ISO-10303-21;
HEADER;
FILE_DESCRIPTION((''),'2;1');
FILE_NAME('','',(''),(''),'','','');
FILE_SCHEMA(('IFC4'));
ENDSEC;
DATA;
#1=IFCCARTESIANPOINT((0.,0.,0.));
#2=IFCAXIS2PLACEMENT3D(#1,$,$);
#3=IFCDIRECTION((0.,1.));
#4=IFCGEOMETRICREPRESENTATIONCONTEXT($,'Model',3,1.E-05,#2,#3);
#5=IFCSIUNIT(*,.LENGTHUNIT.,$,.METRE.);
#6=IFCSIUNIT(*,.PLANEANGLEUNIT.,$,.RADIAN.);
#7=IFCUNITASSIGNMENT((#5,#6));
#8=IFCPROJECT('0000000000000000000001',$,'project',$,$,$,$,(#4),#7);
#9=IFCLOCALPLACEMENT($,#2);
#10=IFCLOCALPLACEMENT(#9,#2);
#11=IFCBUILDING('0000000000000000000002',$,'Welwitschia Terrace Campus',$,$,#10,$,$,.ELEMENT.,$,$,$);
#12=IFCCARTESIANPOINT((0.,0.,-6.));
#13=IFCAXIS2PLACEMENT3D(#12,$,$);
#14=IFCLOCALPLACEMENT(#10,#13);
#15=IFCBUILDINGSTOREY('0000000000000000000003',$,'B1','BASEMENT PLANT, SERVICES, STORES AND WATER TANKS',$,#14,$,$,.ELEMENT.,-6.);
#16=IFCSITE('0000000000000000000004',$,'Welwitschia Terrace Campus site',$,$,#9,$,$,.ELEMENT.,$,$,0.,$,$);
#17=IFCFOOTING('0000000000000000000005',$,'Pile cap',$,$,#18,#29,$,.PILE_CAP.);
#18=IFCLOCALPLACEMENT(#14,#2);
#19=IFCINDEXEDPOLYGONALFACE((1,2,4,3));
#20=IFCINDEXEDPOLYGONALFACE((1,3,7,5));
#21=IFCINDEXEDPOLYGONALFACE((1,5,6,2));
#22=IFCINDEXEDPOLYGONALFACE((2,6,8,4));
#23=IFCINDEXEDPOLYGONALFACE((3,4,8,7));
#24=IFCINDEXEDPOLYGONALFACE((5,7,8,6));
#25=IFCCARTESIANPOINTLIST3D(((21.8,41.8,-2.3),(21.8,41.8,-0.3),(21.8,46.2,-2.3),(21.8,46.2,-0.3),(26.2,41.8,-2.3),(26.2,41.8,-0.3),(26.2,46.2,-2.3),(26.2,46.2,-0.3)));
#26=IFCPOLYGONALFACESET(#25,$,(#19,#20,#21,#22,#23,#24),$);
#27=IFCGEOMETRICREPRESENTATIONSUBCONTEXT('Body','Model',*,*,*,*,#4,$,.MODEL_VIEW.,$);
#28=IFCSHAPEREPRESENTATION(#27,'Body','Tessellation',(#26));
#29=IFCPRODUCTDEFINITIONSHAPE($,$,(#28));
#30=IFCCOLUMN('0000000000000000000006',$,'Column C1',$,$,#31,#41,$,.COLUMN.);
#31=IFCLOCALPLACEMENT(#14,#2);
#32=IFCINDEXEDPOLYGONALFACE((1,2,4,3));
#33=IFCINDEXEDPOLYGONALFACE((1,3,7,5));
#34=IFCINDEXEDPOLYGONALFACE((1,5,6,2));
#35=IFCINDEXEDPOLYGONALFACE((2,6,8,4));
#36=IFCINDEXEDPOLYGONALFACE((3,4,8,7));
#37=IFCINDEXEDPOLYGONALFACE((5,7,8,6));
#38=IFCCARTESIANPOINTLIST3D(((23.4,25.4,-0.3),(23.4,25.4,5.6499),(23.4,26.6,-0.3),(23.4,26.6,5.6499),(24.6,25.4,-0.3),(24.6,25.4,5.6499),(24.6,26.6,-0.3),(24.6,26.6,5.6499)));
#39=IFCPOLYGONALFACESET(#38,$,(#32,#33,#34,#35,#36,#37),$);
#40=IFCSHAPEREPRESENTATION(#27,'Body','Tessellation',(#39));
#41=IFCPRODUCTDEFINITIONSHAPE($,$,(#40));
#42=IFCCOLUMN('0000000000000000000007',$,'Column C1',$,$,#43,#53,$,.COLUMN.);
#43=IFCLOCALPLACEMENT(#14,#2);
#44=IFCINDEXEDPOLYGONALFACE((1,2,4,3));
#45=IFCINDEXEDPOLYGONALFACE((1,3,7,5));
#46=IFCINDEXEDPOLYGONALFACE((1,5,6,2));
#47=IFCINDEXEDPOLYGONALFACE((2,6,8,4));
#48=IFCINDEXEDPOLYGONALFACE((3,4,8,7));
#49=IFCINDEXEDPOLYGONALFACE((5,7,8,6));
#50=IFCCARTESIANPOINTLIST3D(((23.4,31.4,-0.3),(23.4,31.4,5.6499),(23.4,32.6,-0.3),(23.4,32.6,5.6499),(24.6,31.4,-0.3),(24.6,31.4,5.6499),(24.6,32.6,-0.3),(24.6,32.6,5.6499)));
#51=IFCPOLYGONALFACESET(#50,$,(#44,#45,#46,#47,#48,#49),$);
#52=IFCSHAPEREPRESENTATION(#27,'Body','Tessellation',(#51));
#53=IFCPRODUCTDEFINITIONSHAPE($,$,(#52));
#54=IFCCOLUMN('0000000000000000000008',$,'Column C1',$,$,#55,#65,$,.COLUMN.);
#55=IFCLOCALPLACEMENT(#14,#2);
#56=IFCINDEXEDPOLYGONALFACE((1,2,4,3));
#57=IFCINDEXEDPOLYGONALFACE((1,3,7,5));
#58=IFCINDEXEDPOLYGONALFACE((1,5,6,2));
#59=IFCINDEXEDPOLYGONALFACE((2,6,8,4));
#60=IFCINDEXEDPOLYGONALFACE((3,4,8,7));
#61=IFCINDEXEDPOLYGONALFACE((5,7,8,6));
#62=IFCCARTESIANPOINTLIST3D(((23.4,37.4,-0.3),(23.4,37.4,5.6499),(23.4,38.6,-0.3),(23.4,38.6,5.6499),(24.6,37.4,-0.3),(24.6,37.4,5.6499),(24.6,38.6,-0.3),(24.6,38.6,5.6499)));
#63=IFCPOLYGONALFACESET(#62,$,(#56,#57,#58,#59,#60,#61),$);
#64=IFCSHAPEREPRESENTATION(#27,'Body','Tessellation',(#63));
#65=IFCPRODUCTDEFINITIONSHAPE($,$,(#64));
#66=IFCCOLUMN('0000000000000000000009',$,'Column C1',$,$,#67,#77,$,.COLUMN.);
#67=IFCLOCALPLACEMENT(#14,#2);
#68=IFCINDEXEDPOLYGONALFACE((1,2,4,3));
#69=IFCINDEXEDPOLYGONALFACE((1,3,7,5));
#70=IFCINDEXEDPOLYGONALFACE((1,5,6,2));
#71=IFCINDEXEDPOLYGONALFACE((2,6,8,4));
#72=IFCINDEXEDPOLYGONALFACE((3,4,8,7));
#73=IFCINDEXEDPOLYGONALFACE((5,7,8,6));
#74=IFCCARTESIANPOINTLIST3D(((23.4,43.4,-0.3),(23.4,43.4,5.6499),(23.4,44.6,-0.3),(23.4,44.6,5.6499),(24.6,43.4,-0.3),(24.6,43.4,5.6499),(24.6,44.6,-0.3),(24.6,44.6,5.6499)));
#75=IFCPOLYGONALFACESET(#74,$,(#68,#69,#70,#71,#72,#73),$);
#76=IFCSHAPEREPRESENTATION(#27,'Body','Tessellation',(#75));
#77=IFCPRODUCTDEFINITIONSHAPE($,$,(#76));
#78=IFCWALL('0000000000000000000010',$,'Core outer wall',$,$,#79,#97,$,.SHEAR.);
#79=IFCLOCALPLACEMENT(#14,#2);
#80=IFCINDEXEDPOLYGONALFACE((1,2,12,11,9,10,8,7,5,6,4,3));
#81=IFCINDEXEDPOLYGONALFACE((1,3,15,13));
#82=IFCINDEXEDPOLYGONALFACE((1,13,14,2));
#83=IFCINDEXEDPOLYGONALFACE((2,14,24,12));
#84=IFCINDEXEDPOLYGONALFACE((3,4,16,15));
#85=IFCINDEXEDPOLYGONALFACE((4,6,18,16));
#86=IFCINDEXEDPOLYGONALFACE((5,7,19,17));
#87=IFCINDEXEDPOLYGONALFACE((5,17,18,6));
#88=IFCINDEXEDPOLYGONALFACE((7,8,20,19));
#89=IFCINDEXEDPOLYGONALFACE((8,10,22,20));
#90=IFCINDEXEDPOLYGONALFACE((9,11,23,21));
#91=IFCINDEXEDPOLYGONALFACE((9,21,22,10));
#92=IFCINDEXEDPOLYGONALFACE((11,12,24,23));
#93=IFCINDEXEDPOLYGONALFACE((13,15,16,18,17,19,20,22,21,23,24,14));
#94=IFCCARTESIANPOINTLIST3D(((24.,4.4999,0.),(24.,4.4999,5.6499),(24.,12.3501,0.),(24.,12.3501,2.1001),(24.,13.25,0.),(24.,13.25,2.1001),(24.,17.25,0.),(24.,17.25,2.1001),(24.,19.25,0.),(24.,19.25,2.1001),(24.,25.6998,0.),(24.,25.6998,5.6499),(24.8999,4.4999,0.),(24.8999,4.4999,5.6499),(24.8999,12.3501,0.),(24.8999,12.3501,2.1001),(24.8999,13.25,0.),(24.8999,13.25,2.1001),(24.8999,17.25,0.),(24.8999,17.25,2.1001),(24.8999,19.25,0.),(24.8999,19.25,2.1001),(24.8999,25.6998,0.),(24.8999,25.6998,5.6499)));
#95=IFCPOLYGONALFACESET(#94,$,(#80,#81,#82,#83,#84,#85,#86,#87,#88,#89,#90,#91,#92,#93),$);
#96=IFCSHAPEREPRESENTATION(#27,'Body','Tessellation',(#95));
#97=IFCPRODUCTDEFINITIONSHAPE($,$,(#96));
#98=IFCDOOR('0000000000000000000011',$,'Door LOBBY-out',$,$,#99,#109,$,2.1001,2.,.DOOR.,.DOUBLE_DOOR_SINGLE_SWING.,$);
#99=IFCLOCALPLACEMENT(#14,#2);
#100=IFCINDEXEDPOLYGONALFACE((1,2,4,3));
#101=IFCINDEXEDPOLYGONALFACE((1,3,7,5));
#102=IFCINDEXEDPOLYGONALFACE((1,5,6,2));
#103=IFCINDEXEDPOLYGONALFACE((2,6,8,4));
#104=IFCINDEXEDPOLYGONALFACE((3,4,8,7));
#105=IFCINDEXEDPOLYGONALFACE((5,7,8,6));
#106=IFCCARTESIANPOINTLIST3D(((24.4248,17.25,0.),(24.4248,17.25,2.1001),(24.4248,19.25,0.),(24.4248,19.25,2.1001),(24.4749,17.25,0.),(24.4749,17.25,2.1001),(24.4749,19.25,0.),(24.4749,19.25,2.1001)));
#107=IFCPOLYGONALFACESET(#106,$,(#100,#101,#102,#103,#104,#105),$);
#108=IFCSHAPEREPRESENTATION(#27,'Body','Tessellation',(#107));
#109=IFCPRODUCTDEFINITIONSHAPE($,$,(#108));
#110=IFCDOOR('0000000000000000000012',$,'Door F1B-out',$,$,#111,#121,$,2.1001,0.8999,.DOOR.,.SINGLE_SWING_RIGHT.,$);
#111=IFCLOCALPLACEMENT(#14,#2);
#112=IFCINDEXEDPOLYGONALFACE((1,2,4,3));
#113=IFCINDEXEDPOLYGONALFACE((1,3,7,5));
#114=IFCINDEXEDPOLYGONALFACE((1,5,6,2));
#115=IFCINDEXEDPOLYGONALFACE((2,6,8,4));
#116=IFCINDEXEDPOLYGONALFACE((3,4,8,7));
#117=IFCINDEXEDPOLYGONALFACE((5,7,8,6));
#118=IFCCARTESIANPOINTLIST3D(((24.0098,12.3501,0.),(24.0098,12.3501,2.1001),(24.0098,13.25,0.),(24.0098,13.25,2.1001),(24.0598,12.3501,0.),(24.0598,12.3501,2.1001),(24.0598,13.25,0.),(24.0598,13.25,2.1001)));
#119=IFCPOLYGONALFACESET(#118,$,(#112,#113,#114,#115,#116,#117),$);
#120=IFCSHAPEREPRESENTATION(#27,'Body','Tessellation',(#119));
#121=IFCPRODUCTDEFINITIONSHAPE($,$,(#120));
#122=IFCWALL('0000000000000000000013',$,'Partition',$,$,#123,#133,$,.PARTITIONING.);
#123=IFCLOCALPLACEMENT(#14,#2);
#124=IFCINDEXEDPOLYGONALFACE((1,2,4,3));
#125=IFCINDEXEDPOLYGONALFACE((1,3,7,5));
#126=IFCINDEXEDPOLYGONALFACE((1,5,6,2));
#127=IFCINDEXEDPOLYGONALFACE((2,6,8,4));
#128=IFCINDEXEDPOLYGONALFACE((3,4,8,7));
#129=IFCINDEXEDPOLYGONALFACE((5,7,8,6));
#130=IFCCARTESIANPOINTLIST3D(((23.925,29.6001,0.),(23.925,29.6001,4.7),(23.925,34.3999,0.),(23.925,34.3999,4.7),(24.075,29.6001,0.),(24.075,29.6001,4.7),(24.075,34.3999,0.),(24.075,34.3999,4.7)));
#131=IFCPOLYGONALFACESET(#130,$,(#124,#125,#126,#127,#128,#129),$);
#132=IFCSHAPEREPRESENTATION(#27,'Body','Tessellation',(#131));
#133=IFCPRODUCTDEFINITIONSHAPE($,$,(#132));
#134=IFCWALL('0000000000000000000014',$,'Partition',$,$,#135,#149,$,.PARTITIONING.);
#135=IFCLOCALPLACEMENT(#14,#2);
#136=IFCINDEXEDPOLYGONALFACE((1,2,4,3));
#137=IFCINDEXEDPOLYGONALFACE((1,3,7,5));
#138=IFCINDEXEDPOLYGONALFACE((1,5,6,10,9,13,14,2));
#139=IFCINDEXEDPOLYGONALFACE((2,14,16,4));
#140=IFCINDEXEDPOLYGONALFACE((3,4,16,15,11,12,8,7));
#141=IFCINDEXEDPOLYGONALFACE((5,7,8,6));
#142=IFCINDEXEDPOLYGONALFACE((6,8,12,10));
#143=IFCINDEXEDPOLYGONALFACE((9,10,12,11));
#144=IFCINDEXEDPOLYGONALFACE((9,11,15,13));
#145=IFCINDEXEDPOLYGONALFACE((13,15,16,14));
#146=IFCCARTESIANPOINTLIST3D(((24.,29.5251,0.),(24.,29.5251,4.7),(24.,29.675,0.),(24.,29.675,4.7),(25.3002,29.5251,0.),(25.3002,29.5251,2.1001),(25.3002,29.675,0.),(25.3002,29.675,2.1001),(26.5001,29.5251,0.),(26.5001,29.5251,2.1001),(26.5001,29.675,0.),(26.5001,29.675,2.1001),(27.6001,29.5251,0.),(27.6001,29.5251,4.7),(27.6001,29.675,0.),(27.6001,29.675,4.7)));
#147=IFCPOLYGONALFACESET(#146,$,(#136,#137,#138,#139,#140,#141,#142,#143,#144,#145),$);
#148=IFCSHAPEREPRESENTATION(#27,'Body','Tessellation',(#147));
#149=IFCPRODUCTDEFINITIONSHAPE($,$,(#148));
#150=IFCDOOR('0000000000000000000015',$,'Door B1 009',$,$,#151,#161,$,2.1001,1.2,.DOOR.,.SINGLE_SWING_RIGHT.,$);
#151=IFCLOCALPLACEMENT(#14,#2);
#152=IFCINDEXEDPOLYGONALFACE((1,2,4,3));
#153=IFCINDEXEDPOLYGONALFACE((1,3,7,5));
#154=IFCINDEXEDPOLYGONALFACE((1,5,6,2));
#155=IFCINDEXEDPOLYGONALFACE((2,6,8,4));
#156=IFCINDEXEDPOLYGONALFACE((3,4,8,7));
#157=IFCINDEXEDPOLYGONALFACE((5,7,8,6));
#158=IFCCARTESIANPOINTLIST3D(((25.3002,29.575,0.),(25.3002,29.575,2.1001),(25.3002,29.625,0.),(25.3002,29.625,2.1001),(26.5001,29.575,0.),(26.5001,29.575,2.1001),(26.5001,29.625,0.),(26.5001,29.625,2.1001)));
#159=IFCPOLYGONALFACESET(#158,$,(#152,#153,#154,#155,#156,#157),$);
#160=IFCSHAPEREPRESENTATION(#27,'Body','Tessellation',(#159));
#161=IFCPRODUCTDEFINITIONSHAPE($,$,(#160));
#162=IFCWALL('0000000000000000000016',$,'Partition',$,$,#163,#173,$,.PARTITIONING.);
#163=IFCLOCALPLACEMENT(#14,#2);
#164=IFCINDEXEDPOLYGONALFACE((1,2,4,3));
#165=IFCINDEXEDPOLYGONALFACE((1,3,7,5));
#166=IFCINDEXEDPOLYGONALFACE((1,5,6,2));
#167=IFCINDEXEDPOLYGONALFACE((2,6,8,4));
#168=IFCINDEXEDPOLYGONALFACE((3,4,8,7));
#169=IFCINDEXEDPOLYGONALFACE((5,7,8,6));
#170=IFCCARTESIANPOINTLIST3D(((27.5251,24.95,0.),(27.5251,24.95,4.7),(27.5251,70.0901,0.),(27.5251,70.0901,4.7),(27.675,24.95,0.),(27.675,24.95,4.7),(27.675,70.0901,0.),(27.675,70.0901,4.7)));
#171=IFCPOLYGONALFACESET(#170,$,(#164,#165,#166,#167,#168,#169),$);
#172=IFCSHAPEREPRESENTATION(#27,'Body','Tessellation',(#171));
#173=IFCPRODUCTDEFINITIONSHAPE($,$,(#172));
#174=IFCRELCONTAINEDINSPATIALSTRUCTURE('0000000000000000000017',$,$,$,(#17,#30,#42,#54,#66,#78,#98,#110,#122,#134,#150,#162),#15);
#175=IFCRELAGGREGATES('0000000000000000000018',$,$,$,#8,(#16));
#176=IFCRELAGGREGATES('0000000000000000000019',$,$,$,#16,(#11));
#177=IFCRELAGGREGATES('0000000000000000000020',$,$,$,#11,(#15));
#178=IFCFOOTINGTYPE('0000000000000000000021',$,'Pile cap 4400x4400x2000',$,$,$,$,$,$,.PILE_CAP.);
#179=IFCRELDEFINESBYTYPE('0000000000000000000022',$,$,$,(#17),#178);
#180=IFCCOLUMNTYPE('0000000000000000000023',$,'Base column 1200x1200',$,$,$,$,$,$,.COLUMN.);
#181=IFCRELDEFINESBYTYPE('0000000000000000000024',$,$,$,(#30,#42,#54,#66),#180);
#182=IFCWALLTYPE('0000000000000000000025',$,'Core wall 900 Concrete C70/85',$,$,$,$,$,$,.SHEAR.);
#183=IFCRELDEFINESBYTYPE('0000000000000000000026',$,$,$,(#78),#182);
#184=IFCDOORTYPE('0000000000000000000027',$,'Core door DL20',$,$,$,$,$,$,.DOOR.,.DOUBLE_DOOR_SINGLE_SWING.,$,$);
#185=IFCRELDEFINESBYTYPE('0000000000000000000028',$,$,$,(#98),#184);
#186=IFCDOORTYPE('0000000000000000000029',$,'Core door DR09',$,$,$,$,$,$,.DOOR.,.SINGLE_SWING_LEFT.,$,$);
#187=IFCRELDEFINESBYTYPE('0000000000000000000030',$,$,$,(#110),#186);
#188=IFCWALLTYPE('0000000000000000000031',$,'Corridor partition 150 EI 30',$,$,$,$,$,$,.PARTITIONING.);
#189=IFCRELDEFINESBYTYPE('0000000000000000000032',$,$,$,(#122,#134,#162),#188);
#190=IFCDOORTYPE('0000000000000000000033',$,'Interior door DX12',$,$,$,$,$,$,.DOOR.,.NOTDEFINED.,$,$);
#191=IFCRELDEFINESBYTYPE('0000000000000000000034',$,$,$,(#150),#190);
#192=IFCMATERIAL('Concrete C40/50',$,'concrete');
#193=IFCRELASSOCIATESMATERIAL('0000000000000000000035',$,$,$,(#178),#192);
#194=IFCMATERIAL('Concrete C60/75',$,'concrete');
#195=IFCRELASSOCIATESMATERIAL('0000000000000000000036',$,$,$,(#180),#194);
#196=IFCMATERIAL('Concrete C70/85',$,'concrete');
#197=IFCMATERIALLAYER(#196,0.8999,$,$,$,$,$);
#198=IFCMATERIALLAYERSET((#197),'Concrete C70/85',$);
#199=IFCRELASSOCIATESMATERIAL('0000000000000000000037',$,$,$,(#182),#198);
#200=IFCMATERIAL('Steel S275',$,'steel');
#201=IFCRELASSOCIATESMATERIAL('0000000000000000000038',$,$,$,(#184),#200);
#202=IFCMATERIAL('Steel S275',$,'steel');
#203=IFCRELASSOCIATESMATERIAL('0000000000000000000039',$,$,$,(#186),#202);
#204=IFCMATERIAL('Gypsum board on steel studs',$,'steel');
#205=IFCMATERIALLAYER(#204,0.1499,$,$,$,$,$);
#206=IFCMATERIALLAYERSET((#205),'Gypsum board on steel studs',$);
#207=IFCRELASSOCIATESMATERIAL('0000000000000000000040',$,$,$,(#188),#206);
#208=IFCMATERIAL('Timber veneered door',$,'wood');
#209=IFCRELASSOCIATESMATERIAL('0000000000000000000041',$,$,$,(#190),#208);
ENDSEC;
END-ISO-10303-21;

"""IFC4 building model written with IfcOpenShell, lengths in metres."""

from ifc_helpers import new_model, si_unit, direction, frame, frame_2d, origin, origin_2d, place, context, subcontext, project, spatial, rectangle, extrude, material, layer, layer_set, material_profile, profile_set, type_object, element, fill, save


model = new_model("IFC4")

# Units and contexts
model_context = context("Model", 3, precision=1e-05, world=origin(), true_north=direction((0.0, 1.0)))
body_context = subcontext(model_context, "Body", "Model", "MODEL_VIEW")
ifc_project = project(units=[si_unit("LENGTHUNIT", "METRE"), si_unit("PLANEANGLEUNIT", "RADIAN")], contexts=[model_context])

# Site, building, storey
site_placement = place(None, origin())
site = spatial("IfcSite", under=ifc_project, at=site_placement, Name="Welwitschia Terrace Campus site", CompositionType="ELEMENT", RefElevation=0.0)
building_placement = place(site_placement, origin())
building = spatial("IfcBuilding", under=site, at=building_placement, Name="Welwitschia Terrace Campus", CompositionType="ELEMENT")
storey_placement = place(building_placement, frame((0.0, 0.0, -6.0)))
storey = spatial("IfcBuildingStorey", under=building, at=storey_placement, Name="B1", Description="BASEMENT PLANT, SERVICES, STORES AND WATER TANKS", CompositionType="ELEMENT", Elevation=-6.0)

# Footing
ifc_material_1 = material(Name="Concrete C40/50", Category="concrete")
footing_type = type_object("IfcFootingType", Name="Pile cap 4400x4400x2000", PredefinedType="PILE_CAP", material=ifc_material_1)
for number, where, z_axis, x_axis, name in (
    (1, (24.0, 44.0, -2.3), (0.0, 0.0, 1.0), (1.0, 0.0, 0.0), "Pile cap"),
):
    element("IfcFooting", number, at=place(storey_placement, frame(where, z_axis=z_axis, x_axis=x_axis)), inside=storey, type_object=footing_type, Name=name, PredefinedType="PILE_CAP", context=body_context, shape_type="SweptSolid", body=[
        extrude(rectangle(XDim=4.3999, YDim=4.3999, at=origin_2d()), origin(), (0.0, 0.0, 1.0), 2.0),
    ])

# Columns
ifc_material_2 = material(Name="Concrete C60/75", Category="concrete")
ifc_material_profile = material_profile(ifc_material_2, rectangle(XDim=1.2, YDim=1.2, at=origin_2d()))
ifc_profile_set = profile_set([ifc_material_profile], Name="Concrete C60/75")
column_type = type_object("IfcColumnType", Name="Base column 1200x1200", PredefinedType="COLUMN", material=ifc_profile_set)
for number, where, z_axis, x_axis, name in (
    (2, (24.0, 26.0, -0.3), (0.0, 0.0, 1.0), (1.0, 0.0, 0.0), "Column C1"),
    (3, (24.0, 32.0, -0.3), (0.0, 0.0, 1.0), (1.0, 0.0, 0.0), "Column C1"),
    (4, (24.0, 38.0, -0.3), (0.0, 0.0, 1.0), (1.0, 0.0, 0.0), "Column C1"),
    (5, (24.0, 44.0, -0.3), (0.0, 0.0, 1.0), (1.0, 0.0, 0.0), "Column C1"),
):
    element("IfcColumn", number, at=place(storey_placement, frame(where, z_axis=z_axis, x_axis=x_axis)), inside=storey, type_object=column_type, Name=name, PredefinedType="COLUMN", context=body_context, shape_type="SweptSolid", body=[
        extrude(rectangle(XDim=1.2, YDim=1.2, at=origin_2d()), origin(), (0.0, 0.0, 1.0), 5.95),
    ])

# Wall, openings, doors
ifc_material_3 = material(Name="Concrete C70/85", Category="concrete")
ifc_layer_1 = layer(ifc_material_3, 0.8999)
ifc_layer_set_1 = layer_set([ifc_layer_1], Name="Concrete C70/85")
wall_type_1 = type_object("IfcWallType", Name="Core wall 900 Concrete C70/85", PredefinedType="SHEAR", material=ifc_layer_set_1)
wall_1_placement = place(storey_placement, frame((24.45, 25.7, 0.0), z_axis=(0.0, 0.0, 1.0), x_axis=(0.0, -1.0, 0.0)))
wall_1 = element("IfcWall", 6, at=wall_1_placement, inside=storey, type_object=wall_type_1, Name="Core outer wall", PredefinedType="SHEAR", context=body_context, shape_type="SweptSolid", body=[
    extrude(rectangle(XDim=21.2, YDim=0.8999, at=frame_2d((10.6001, 0.0))), origin(), (0.0, 0.0, 1.0), 5.6499),
])
opening_1_placement = place(wall_1_placement, frame((12.45, 0.0, 0.0)))
opening_1 = element("IfcOpeningElement", 7, at=opening_1_placement, cuts=wall_1, PredefinedType="OPENING", context=body_context, shape_type="SweptSolid", body=[
    extrude(rectangle(XDim=0.8999, YDim=2.1001, at=frame_2d((0.45, 1.05))), frame((0.0, 0.46, 0.0), z_axis=(0.0, -1.0, 0.0), x_axis=(1.0, 0.0, 0.0)), (0.0, 0.0, 1.0), 0.9199),
])
opening_2_placement = place(wall_1_placement, frame((6.45, 0.0, 0.0)))
opening_2 = element("IfcOpeningElement", 8, at=opening_2_placement, cuts=wall_1, PredefinedType="OPENING", context=body_context, shape_type="SweptSolid", body=[
    extrude(rectangle(XDim=2.0, YDim=2.1001, at=frame_2d((1.0, 1.05))), frame((0.0, 0.46, 0.0), z_axis=(0.0, -1.0, 0.0), x_axis=(1.0, 0.0, 0.0)), (0.0, 0.0, 1.0), 0.9199),
])
ifc_material_4 = material(Name="Steel S275", Category="steel")
door_type_1 = type_object("IfcDoorType", Name="Core door DL20", OperationType="DOUBLE_DOOR_SINGLE_SWING", PredefinedType="DOOR", material=ifc_material_4)
door_1_placement = place(opening_2_placement, origin())
door_1 = element("IfcDoor", 9, at=door_1_placement, inside=storey, type_object=door_type_1, Name="Door LOBBY-out", OperationType="DOUBLE_DOOR_SINGLE_SWING", OverallHeight=2.1001, OverallWidth=2.0, PredefinedType="DOOR", context=body_context, shape_type="SweptSolid", body=[
    extrude(rectangle(XDim=2.0, YDim=2.1001, at=frame_2d((1.0, 1.05))), frame((0.0, 0.0249, 0.0), z_axis=(0.0, -1.0, 0.0), x_axis=(1.0, 0.0, 0.0)), (0.0, 0.0, 1.0), 0.05),
])
fill(opening_2, door_1)
ifc_material_5 = material(Name="Steel S275", Category="steel")
door_type_2 = type_object("IfcDoorType", Name="Core door DR09", OperationType="SINGLE_SWING_LEFT", PredefinedType="DOOR", material=ifc_material_5)
door_2_placement = place(opening_1_placement, origin())
door_2 = element("IfcDoor", 10, at=door_2_placement, inside=storey, type_object=door_type_2, Name="Door F1B-out", OperationType="SINGLE_SWING_RIGHT", OverallHeight=2.1001, OverallWidth=0.8999, PredefinedType="DOOR", context=body_context, shape_type="SweptSolid", body=[
    extrude(rectangle(XDim=0.8999, YDim=2.1001, at=frame_2d((0.45, 1.05))), frame((0.0, -0.3901, 0.0), z_axis=(0.0, -1.0, 0.0), x_axis=(1.0, 0.0, 0.0)), (0.0, 0.0, 1.0), 0.05),
])
fill(opening_1, door_2)

# Wall
ifc_material_6 = material(Name="Gypsum board on steel studs", Category="steel")
ifc_layer_2 = layer(ifc_material_6, 0.1499)
ifc_layer_set_2 = layer_set([ifc_layer_2], Name="Gypsum board on steel studs")
wall_type_2 = type_object("IfcWallType", Name="Corridor partition 150 EI 30", PredefinedType="PARTITIONING", material=ifc_layer_set_2)
wall_2_placement = place(storey_placement, frame((24.0, 29.6001, 0.0), z_axis=(0.0, 0.0, 1.0), x_axis=(0.0, 1.0, 0.0)))
element("IfcWall", 11, at=wall_2_placement, inside=storey, type_object=wall_type_2, Name="Partition", PredefinedType="PARTITIONING", context=body_context, shape_type="SweptSolid", body=[
    extrude(rectangle(XDim=4.7998, YDim=0.1499, at=frame_2d((2.3999, 0.0))), origin(), (0.0, 0.0, 1.0), 4.7),
])

# Wall, opening, door
wall_3_placement = place(storey_placement, frame((24.0, 29.6001, 0.0), z_axis=(0.0, 0.0, 1.0), x_axis=(1.0, 0.0, 0.0)))
wall_3 = element("IfcWall", 12, at=wall_3_placement, inside=storey, type_object=wall_type_2, Name="Partition", PredefinedType="PARTITIONING", context=body_context, shape_type="SweptSolid", body=[
    extrude(rectangle(XDim=3.6001, YDim=0.1499, at=frame_2d((1.8, 0.0))), origin(), (0.0, 0.0, 1.0), 4.7),
])
opening_3_placement = place(wall_3_placement, frame((1.3, 0.0, 0.0)))
opening_3 = element("IfcOpeningElement", 13, at=opening_3_placement, cuts=wall_3, PredefinedType="OPENING", context=body_context, shape_type="SweptSolid", body=[
    extrude(rectangle(XDim=1.2, YDim=2.1001, at=frame_2d((0.6001, 1.05))), frame((0.0, 0.085, 0.0), z_axis=(0.0, -1.0, 0.0), x_axis=(1.0, 0.0, 0.0)), (0.0, 0.0, 1.0), 0.1699),
])
ifc_material_7 = material(Name="Timber veneered door", Category="wood")
door_type_3 = type_object("IfcDoorType", Name="Interior door DX12", OperationType="NOTDEFINED", PredefinedType="DOOR", material=ifc_material_7)
door_3_placement = place(opening_3_placement, origin())
door_3 = element("IfcDoor", 14, at=door_3_placement, inside=storey, type_object=door_type_3, Name="Door B1 009", OperationType="SINGLE_SWING_RIGHT", OverallHeight=2.1001, OverallWidth=1.2, PredefinedType="DOOR", context=body_context, shape_type="SweptSolid", body=[
    extrude(rectangle(XDim=1.2, YDim=2.1001, at=frame_2d((0.6001, 1.05))), frame((0.0, 0.0249, 0.0), z_axis=(0.0, -1.0, 0.0), x_axis=(1.0, 0.0, 0.0)), (0.0, 0.0, 1.0), 0.05),
])
fill(opening_3, door_3)

# Wall
wall_4_placement = place(storey_placement, frame((27.6001, 24.95, 0.0), z_axis=(0.0, 0.0, 1.0), x_axis=(0.0, 1.0, 0.0)))
element("IfcWall", 15, at=wall_4_placement, inside=storey, type_object=wall_type_2, Name="Partition", PredefinedType="PARTITIONING", context=body_context, shape_type="SweptSolid", body=[
    extrude(rectangle(XDim=45.1401, YDim=0.1499, at=frame_2d((22.5701, 0.0))), origin(), (0.0, 0.0, 1.0), 4.7),
])

save(model, "model.ifc")
